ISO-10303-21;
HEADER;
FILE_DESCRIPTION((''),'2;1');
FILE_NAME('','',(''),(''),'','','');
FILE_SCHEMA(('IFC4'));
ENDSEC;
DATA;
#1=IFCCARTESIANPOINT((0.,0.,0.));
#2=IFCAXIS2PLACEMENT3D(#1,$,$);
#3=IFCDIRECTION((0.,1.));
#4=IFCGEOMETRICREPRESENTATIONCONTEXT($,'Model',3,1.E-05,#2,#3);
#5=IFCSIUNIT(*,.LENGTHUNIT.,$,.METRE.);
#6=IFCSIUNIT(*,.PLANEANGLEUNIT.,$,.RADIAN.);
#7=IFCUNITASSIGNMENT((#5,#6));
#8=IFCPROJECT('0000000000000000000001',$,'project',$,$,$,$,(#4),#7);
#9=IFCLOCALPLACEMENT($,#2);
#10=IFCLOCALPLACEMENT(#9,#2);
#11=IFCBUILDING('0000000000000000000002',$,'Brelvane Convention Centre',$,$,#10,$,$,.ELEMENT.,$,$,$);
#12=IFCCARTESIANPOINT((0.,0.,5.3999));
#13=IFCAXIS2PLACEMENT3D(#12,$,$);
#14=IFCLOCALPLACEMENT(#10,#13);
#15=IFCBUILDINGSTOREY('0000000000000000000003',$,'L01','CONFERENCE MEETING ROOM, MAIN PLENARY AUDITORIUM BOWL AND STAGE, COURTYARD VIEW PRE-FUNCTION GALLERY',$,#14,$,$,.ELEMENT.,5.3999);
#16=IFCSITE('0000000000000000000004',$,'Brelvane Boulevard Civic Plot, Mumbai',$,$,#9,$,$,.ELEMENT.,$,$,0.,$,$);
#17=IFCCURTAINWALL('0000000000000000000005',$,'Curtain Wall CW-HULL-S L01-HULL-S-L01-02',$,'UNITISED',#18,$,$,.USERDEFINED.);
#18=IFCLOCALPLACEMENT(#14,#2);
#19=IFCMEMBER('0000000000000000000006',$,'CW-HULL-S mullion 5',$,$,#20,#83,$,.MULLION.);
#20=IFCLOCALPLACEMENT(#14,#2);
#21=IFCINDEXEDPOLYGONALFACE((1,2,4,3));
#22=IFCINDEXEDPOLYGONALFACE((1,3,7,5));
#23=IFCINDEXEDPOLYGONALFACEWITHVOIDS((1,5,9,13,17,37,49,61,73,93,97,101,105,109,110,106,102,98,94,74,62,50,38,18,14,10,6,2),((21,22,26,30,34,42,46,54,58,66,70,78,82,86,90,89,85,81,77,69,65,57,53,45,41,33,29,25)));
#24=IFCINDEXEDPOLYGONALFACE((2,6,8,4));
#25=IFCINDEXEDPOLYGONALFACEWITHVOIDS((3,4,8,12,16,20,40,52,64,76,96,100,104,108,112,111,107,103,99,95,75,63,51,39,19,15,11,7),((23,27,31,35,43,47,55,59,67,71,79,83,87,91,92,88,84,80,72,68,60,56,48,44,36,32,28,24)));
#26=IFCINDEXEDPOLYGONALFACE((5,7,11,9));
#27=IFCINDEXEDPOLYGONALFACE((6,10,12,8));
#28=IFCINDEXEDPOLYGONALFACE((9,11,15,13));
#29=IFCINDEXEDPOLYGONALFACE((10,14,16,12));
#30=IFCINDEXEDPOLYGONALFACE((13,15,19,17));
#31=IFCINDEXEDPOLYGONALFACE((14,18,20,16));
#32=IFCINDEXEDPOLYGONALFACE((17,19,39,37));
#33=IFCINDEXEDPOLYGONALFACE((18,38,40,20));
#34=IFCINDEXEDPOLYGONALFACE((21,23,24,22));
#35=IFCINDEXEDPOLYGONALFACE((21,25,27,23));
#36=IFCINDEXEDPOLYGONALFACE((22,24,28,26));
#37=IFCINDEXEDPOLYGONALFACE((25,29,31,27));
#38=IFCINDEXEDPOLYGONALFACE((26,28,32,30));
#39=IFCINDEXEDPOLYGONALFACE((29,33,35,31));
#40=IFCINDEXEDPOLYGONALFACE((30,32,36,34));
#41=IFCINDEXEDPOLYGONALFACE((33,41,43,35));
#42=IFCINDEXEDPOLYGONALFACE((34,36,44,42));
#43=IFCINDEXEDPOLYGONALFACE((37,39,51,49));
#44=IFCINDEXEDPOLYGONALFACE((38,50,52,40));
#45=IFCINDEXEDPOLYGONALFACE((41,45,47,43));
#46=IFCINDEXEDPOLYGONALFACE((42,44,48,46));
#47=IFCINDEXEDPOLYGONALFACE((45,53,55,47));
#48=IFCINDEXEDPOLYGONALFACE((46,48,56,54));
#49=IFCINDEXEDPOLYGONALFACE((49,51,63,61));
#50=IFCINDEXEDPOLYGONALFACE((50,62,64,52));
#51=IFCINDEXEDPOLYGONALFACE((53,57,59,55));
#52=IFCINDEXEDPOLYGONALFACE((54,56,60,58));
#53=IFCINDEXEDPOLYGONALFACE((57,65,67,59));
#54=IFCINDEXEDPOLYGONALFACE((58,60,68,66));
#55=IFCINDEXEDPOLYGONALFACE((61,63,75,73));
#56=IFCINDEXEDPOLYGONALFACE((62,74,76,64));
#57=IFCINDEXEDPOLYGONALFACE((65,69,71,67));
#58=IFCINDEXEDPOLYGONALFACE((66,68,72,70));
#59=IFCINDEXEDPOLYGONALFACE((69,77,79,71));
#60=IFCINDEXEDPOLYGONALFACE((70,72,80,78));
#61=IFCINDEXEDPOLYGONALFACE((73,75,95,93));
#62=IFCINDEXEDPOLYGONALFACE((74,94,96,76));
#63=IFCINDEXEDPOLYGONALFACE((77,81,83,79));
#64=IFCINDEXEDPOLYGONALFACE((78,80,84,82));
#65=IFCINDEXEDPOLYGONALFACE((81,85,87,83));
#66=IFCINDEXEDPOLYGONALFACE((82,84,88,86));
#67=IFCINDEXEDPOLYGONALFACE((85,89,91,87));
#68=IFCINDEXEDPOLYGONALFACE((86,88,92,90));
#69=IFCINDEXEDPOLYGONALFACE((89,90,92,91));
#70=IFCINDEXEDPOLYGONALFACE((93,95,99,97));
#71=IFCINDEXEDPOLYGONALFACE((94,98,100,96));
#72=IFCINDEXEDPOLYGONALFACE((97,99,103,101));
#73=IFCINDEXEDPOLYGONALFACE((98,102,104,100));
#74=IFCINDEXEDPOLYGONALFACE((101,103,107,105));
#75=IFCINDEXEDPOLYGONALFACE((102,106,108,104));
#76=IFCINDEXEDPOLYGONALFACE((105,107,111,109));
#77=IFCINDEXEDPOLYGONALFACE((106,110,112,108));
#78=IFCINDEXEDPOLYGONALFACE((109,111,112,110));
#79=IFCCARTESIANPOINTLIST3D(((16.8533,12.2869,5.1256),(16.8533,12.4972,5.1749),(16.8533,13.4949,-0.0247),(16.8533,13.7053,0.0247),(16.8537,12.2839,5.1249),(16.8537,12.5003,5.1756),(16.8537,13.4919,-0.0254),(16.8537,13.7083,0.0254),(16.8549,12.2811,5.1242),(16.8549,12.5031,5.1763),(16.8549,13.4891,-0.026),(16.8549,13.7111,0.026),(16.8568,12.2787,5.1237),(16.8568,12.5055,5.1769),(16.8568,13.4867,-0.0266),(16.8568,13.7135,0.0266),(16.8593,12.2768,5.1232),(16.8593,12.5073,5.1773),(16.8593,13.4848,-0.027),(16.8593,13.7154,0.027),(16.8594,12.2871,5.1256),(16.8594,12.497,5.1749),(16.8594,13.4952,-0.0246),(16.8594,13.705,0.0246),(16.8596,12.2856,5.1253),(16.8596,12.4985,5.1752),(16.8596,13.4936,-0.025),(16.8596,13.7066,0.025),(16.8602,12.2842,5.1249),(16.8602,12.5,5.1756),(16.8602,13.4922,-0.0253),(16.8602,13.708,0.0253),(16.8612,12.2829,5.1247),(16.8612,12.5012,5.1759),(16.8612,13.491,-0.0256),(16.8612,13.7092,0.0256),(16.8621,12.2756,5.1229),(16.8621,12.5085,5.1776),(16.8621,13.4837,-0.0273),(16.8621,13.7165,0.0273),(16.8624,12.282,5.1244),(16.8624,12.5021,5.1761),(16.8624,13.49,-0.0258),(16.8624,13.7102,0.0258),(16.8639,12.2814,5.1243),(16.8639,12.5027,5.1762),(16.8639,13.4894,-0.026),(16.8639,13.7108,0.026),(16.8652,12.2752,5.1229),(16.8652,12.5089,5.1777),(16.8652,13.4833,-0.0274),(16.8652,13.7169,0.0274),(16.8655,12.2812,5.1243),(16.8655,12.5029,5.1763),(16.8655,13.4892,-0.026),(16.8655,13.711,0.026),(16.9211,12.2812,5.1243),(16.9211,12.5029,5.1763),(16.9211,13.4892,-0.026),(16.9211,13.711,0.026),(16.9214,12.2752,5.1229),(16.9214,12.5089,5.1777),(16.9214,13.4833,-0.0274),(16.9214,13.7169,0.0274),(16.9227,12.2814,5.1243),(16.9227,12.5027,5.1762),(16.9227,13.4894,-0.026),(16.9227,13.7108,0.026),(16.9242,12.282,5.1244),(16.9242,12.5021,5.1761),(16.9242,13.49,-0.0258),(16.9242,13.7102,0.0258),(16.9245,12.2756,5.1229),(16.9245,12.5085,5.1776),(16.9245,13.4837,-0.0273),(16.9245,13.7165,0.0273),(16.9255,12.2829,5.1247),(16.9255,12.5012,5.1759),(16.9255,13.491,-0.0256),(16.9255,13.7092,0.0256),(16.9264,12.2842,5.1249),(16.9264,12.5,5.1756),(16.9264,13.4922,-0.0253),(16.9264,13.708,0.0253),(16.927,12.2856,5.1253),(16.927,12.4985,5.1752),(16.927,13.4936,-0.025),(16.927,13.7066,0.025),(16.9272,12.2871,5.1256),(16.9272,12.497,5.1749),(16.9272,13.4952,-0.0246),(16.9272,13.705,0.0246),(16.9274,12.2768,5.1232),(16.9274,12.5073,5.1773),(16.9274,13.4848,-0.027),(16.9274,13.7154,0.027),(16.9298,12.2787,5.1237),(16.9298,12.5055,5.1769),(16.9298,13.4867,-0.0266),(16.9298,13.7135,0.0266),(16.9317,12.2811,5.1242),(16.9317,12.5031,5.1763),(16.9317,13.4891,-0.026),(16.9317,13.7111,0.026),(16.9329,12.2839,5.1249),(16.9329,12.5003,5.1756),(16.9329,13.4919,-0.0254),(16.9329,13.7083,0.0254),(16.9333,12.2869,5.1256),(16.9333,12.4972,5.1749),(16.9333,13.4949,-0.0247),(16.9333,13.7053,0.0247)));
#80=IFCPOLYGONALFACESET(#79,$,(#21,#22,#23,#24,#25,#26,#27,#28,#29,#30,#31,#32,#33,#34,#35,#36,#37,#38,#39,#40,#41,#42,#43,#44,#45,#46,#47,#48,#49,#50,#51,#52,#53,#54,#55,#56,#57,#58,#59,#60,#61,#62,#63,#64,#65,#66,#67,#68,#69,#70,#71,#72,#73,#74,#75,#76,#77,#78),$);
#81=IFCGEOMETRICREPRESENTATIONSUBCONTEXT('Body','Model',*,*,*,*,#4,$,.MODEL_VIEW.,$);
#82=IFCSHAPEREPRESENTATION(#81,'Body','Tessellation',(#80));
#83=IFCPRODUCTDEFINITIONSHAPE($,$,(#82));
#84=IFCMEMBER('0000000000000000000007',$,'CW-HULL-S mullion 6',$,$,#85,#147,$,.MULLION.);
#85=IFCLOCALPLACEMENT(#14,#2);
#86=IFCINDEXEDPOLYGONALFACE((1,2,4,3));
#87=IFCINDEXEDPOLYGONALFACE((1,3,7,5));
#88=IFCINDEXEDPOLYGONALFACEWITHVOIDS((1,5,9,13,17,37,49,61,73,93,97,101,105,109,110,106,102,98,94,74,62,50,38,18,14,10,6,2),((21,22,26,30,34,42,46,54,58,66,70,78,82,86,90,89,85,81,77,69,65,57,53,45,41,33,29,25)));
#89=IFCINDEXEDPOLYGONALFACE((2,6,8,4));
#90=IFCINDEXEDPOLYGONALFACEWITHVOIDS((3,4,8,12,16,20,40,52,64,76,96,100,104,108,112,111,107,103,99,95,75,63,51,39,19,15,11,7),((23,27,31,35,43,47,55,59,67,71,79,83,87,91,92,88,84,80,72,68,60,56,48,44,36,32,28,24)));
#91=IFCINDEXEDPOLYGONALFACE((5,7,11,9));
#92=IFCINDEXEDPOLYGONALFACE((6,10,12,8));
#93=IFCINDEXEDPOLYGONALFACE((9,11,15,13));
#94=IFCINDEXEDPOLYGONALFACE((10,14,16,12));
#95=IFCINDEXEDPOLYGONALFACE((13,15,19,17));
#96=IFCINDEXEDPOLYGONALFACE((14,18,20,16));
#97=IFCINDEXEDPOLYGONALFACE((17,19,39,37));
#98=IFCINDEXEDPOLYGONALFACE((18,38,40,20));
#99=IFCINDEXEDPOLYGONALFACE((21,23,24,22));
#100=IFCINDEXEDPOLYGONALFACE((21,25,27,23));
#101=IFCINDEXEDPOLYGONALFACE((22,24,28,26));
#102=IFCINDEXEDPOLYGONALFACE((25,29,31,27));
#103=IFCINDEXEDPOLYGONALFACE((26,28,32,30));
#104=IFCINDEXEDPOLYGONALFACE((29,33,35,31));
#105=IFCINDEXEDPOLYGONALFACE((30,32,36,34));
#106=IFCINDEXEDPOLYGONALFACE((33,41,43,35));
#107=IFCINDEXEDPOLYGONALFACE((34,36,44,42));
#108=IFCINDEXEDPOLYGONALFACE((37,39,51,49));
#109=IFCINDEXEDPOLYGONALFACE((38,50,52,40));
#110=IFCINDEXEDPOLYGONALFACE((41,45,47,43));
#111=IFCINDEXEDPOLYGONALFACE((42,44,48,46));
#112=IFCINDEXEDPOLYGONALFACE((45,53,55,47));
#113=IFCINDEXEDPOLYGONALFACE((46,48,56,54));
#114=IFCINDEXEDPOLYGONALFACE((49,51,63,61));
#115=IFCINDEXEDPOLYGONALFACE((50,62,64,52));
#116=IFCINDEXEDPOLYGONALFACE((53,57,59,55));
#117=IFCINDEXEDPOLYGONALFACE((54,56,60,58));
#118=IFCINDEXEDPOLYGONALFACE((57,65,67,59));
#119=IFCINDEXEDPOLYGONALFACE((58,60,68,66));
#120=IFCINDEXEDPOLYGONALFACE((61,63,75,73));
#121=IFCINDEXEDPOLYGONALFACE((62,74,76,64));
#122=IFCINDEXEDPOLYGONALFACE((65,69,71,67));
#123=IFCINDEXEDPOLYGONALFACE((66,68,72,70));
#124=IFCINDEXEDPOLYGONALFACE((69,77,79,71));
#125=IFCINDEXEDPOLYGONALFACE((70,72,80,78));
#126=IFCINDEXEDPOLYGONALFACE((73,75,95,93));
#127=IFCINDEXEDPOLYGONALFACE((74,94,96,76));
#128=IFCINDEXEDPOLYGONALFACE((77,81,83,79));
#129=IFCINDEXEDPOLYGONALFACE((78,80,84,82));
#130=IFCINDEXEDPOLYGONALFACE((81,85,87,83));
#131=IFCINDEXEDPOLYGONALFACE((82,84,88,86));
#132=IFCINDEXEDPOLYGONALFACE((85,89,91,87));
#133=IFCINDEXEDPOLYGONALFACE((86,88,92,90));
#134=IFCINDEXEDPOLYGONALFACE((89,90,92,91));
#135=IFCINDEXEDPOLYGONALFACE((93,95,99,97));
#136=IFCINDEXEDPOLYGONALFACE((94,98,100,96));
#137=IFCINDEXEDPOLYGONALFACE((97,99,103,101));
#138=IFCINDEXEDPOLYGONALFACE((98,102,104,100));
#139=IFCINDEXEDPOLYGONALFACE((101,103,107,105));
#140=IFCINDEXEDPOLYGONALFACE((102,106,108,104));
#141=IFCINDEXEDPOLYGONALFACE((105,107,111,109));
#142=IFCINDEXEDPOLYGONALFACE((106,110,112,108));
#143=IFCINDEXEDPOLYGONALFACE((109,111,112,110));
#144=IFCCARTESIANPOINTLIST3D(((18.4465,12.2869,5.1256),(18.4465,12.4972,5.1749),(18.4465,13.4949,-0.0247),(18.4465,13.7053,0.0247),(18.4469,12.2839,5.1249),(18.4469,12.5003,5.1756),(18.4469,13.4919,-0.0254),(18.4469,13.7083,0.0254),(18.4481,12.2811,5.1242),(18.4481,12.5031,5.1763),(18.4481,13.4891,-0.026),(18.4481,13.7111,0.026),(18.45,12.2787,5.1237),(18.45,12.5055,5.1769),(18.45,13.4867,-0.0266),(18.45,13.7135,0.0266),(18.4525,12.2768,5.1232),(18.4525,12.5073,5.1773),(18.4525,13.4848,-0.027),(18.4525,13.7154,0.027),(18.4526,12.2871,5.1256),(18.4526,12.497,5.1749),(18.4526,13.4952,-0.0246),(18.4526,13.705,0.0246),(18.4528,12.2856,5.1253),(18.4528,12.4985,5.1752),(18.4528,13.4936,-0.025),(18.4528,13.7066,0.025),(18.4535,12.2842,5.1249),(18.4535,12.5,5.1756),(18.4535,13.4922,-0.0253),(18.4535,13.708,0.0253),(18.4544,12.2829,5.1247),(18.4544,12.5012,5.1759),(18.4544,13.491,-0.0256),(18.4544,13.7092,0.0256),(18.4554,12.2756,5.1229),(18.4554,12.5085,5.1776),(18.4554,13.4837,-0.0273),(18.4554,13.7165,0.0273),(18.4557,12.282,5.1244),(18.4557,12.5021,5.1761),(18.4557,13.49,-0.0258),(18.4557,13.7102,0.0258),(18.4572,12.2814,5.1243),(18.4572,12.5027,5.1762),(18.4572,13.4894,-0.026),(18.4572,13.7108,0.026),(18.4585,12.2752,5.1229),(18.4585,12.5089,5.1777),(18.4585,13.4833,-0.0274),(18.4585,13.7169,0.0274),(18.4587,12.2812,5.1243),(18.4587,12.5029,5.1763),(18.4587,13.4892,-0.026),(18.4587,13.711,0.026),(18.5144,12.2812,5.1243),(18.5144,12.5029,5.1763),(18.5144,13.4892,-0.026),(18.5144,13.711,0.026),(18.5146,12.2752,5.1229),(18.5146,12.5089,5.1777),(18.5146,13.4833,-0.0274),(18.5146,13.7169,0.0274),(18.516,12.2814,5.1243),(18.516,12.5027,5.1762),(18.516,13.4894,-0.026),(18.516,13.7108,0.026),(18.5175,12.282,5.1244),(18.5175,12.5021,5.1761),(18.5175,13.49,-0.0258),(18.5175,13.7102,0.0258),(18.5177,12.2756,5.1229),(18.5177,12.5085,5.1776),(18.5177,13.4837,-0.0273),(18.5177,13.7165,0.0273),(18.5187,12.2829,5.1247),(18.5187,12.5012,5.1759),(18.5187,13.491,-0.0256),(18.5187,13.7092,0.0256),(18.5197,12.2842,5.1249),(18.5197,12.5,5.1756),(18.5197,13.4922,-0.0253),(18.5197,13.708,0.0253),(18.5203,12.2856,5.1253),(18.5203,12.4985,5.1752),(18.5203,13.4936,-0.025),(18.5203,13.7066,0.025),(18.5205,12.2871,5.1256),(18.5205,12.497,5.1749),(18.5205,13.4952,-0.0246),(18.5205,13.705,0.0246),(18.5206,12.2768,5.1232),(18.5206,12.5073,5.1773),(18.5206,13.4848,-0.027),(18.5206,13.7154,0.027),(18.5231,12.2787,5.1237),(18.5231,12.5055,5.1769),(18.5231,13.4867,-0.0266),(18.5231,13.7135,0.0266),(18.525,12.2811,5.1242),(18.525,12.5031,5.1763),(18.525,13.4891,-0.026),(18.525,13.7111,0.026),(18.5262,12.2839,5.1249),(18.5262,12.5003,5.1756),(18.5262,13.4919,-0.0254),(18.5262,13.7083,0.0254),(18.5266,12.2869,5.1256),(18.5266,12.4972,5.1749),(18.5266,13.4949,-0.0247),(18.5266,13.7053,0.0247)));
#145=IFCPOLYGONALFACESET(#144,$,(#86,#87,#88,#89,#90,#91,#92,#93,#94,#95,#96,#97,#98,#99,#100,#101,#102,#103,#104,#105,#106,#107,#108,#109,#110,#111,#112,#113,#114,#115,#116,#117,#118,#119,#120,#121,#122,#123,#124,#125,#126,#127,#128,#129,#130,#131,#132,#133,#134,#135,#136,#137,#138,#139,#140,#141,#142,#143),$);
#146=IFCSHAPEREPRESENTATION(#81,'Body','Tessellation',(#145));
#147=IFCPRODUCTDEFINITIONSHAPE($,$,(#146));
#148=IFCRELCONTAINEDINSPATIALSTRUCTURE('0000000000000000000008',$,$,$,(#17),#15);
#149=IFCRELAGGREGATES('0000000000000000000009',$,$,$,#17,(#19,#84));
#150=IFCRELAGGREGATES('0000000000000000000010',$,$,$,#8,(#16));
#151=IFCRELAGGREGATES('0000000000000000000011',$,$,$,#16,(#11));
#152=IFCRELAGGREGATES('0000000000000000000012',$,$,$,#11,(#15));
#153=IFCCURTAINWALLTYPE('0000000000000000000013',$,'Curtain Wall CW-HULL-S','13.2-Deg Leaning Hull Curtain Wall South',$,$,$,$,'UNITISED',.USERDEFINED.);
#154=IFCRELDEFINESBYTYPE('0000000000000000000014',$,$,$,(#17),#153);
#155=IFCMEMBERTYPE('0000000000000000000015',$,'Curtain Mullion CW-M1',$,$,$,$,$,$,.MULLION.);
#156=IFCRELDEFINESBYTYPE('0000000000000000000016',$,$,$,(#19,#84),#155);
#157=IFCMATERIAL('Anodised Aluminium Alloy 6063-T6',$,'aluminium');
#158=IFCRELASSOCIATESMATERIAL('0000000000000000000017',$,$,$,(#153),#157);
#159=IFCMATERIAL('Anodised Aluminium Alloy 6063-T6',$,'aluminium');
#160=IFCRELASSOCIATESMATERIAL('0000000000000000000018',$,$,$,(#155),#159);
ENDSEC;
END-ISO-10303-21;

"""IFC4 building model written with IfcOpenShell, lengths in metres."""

from ifc_helpers import new_model, si_unit, direction, frame, origin, origin_2d, place, context, subcontext, project, spatial, hollow_rectangle, extrude, material, material_profile, profile_set, type_object, element, aggregate, save


model = new_model("IFC4")

# Units and contexts
model_context = context("Model", 3, precision=1e-05, world=origin(), true_north=direction((0.0, 1.0)))
body_context = subcontext(model_context, "Body", "Model", "MODEL_VIEW")
ifc_project = project(units=[si_unit("LENGTHUNIT", "METRE"), si_unit("PLANEANGLEUNIT", "RADIAN")], contexts=[model_context])

# Site, building, storey
site_placement = place(None, origin())
site = spatial("IfcSite", under=ifc_project, at=site_placement, Name="Brelvane Boulevard Civic Plot, Mumbai", CompositionType="ELEMENT", RefElevation=0.0)
building_placement = place(site_placement, origin())
building = spatial("IfcBuilding", under=site, at=building_placement, Name="Brelvane Convention Centre", CompositionType="ELEMENT")
storey_placement = place(building_placement, frame((0.0, 0.0, 5.3999)))
storey = spatial("IfcBuildingStorey", under=building, at=storey_placement, Name="L01", Description="CONFERENCE MEETING ROOM, MAIN PLENARY AUDITORIUM BOWL AND STAGE, COURTYARD VIEW PRE-FUNCTION GALLERY", CompositionType="ELEMENT", Elevation=5.3999)

# Curtain wall, members
ifc_material_1 = material(Name="Anodised Aluminium Alloy 6063-T6", Category="aluminium")
curtain_wall_type = type_object("IfcCurtainWallType", Name="Curtain Wall CW-HULL-S", Description="13.2-Deg Leaning Hull Curtain Wall South", ElementType="UNITISED", PredefinedType="USERDEFINED", material=ifc_material_1)
curtain_wall_1_placement = place(storey_placement, origin())
curtain_wall_1 = element("IfcCurtainWall", 1, at=curtain_wall_1_placement, inside=storey, type_object=curtain_wall_type, Name="Curtain Wall CW-HULL-S L01-HULL-S-L01-02", ObjectType="UNITISED", PredefinedType="USERDEFINED")
ifc_material_2 = material(Name="Anodised Aluminium Alloy 6063-T6", Category="aluminium")
ifc_material_profile_1 = material_profile(ifc_material_2, hollow_rectangle(XDim=0.0801, YDim=0.24, WallThickness=0.0061, InnerFilletRadius=0.0061, OuterFilletRadius=0.012, at=origin_2d()), Name="ALU-M 240x80x6.0")
ifc_profile_set_1 = profile_set([ifc_material_profile_1], Name="Anodised Aluminium Alloy 6063-T6")
member_type_1 = type_object("IfcMemberType", Name="Curtain Mullion CW-M1", PredefinedType="MULLION", material=ifc_profile_set_1)
member_1_placement = place(storey_placement, frame((16.8933, 13.6001, 0.0), z_axis=(0.0, -0.22836, 0.973577), x_axis=(1.0, 0.0, 0.0)))
member_1 = element("IfcMember", 2, at=member_1_placement, type_object=member_type_1, Name="CW-HULL-S mullion 5", PredefinedType="MULLION", context=body_context, shape_type="SweptSolid", body=[
    extrude(hollow_rectangle(XDim=0.0801, YDim=0.24, WallThickness=0.0061, InnerFilletRadius=0.0061, OuterFilletRadius=0.012, at=origin_2d()), origin(), (0.0, 0.0, 1.0), 5.29),
])
member_2_placement = place(storey_placement, frame((18.4866, 13.6001, 0.0), z_axis=(0.0, -0.22836, 0.973577), x_axis=(1.0, 0.0, 0.0)))
member_2 = element("IfcMember", 3, at=member_2_placement, type_object=member_type_1, Name="CW-HULL-S mullion 6", PredefinedType="MULLION", context=body_context, shape_type="SweptSolid", body=[
    extrude(hollow_rectangle(XDim=0.0801, YDim=0.24, WallThickness=0.0061, InnerFilletRadius=0.0061, OuterFilletRadius=0.012, at=origin_2d()), origin(), (0.0, 0.0, 1.0), 5.29),
])

aggregate(curtain_wall_1, [member_1, member_2])

save(model, "model.ifc")
